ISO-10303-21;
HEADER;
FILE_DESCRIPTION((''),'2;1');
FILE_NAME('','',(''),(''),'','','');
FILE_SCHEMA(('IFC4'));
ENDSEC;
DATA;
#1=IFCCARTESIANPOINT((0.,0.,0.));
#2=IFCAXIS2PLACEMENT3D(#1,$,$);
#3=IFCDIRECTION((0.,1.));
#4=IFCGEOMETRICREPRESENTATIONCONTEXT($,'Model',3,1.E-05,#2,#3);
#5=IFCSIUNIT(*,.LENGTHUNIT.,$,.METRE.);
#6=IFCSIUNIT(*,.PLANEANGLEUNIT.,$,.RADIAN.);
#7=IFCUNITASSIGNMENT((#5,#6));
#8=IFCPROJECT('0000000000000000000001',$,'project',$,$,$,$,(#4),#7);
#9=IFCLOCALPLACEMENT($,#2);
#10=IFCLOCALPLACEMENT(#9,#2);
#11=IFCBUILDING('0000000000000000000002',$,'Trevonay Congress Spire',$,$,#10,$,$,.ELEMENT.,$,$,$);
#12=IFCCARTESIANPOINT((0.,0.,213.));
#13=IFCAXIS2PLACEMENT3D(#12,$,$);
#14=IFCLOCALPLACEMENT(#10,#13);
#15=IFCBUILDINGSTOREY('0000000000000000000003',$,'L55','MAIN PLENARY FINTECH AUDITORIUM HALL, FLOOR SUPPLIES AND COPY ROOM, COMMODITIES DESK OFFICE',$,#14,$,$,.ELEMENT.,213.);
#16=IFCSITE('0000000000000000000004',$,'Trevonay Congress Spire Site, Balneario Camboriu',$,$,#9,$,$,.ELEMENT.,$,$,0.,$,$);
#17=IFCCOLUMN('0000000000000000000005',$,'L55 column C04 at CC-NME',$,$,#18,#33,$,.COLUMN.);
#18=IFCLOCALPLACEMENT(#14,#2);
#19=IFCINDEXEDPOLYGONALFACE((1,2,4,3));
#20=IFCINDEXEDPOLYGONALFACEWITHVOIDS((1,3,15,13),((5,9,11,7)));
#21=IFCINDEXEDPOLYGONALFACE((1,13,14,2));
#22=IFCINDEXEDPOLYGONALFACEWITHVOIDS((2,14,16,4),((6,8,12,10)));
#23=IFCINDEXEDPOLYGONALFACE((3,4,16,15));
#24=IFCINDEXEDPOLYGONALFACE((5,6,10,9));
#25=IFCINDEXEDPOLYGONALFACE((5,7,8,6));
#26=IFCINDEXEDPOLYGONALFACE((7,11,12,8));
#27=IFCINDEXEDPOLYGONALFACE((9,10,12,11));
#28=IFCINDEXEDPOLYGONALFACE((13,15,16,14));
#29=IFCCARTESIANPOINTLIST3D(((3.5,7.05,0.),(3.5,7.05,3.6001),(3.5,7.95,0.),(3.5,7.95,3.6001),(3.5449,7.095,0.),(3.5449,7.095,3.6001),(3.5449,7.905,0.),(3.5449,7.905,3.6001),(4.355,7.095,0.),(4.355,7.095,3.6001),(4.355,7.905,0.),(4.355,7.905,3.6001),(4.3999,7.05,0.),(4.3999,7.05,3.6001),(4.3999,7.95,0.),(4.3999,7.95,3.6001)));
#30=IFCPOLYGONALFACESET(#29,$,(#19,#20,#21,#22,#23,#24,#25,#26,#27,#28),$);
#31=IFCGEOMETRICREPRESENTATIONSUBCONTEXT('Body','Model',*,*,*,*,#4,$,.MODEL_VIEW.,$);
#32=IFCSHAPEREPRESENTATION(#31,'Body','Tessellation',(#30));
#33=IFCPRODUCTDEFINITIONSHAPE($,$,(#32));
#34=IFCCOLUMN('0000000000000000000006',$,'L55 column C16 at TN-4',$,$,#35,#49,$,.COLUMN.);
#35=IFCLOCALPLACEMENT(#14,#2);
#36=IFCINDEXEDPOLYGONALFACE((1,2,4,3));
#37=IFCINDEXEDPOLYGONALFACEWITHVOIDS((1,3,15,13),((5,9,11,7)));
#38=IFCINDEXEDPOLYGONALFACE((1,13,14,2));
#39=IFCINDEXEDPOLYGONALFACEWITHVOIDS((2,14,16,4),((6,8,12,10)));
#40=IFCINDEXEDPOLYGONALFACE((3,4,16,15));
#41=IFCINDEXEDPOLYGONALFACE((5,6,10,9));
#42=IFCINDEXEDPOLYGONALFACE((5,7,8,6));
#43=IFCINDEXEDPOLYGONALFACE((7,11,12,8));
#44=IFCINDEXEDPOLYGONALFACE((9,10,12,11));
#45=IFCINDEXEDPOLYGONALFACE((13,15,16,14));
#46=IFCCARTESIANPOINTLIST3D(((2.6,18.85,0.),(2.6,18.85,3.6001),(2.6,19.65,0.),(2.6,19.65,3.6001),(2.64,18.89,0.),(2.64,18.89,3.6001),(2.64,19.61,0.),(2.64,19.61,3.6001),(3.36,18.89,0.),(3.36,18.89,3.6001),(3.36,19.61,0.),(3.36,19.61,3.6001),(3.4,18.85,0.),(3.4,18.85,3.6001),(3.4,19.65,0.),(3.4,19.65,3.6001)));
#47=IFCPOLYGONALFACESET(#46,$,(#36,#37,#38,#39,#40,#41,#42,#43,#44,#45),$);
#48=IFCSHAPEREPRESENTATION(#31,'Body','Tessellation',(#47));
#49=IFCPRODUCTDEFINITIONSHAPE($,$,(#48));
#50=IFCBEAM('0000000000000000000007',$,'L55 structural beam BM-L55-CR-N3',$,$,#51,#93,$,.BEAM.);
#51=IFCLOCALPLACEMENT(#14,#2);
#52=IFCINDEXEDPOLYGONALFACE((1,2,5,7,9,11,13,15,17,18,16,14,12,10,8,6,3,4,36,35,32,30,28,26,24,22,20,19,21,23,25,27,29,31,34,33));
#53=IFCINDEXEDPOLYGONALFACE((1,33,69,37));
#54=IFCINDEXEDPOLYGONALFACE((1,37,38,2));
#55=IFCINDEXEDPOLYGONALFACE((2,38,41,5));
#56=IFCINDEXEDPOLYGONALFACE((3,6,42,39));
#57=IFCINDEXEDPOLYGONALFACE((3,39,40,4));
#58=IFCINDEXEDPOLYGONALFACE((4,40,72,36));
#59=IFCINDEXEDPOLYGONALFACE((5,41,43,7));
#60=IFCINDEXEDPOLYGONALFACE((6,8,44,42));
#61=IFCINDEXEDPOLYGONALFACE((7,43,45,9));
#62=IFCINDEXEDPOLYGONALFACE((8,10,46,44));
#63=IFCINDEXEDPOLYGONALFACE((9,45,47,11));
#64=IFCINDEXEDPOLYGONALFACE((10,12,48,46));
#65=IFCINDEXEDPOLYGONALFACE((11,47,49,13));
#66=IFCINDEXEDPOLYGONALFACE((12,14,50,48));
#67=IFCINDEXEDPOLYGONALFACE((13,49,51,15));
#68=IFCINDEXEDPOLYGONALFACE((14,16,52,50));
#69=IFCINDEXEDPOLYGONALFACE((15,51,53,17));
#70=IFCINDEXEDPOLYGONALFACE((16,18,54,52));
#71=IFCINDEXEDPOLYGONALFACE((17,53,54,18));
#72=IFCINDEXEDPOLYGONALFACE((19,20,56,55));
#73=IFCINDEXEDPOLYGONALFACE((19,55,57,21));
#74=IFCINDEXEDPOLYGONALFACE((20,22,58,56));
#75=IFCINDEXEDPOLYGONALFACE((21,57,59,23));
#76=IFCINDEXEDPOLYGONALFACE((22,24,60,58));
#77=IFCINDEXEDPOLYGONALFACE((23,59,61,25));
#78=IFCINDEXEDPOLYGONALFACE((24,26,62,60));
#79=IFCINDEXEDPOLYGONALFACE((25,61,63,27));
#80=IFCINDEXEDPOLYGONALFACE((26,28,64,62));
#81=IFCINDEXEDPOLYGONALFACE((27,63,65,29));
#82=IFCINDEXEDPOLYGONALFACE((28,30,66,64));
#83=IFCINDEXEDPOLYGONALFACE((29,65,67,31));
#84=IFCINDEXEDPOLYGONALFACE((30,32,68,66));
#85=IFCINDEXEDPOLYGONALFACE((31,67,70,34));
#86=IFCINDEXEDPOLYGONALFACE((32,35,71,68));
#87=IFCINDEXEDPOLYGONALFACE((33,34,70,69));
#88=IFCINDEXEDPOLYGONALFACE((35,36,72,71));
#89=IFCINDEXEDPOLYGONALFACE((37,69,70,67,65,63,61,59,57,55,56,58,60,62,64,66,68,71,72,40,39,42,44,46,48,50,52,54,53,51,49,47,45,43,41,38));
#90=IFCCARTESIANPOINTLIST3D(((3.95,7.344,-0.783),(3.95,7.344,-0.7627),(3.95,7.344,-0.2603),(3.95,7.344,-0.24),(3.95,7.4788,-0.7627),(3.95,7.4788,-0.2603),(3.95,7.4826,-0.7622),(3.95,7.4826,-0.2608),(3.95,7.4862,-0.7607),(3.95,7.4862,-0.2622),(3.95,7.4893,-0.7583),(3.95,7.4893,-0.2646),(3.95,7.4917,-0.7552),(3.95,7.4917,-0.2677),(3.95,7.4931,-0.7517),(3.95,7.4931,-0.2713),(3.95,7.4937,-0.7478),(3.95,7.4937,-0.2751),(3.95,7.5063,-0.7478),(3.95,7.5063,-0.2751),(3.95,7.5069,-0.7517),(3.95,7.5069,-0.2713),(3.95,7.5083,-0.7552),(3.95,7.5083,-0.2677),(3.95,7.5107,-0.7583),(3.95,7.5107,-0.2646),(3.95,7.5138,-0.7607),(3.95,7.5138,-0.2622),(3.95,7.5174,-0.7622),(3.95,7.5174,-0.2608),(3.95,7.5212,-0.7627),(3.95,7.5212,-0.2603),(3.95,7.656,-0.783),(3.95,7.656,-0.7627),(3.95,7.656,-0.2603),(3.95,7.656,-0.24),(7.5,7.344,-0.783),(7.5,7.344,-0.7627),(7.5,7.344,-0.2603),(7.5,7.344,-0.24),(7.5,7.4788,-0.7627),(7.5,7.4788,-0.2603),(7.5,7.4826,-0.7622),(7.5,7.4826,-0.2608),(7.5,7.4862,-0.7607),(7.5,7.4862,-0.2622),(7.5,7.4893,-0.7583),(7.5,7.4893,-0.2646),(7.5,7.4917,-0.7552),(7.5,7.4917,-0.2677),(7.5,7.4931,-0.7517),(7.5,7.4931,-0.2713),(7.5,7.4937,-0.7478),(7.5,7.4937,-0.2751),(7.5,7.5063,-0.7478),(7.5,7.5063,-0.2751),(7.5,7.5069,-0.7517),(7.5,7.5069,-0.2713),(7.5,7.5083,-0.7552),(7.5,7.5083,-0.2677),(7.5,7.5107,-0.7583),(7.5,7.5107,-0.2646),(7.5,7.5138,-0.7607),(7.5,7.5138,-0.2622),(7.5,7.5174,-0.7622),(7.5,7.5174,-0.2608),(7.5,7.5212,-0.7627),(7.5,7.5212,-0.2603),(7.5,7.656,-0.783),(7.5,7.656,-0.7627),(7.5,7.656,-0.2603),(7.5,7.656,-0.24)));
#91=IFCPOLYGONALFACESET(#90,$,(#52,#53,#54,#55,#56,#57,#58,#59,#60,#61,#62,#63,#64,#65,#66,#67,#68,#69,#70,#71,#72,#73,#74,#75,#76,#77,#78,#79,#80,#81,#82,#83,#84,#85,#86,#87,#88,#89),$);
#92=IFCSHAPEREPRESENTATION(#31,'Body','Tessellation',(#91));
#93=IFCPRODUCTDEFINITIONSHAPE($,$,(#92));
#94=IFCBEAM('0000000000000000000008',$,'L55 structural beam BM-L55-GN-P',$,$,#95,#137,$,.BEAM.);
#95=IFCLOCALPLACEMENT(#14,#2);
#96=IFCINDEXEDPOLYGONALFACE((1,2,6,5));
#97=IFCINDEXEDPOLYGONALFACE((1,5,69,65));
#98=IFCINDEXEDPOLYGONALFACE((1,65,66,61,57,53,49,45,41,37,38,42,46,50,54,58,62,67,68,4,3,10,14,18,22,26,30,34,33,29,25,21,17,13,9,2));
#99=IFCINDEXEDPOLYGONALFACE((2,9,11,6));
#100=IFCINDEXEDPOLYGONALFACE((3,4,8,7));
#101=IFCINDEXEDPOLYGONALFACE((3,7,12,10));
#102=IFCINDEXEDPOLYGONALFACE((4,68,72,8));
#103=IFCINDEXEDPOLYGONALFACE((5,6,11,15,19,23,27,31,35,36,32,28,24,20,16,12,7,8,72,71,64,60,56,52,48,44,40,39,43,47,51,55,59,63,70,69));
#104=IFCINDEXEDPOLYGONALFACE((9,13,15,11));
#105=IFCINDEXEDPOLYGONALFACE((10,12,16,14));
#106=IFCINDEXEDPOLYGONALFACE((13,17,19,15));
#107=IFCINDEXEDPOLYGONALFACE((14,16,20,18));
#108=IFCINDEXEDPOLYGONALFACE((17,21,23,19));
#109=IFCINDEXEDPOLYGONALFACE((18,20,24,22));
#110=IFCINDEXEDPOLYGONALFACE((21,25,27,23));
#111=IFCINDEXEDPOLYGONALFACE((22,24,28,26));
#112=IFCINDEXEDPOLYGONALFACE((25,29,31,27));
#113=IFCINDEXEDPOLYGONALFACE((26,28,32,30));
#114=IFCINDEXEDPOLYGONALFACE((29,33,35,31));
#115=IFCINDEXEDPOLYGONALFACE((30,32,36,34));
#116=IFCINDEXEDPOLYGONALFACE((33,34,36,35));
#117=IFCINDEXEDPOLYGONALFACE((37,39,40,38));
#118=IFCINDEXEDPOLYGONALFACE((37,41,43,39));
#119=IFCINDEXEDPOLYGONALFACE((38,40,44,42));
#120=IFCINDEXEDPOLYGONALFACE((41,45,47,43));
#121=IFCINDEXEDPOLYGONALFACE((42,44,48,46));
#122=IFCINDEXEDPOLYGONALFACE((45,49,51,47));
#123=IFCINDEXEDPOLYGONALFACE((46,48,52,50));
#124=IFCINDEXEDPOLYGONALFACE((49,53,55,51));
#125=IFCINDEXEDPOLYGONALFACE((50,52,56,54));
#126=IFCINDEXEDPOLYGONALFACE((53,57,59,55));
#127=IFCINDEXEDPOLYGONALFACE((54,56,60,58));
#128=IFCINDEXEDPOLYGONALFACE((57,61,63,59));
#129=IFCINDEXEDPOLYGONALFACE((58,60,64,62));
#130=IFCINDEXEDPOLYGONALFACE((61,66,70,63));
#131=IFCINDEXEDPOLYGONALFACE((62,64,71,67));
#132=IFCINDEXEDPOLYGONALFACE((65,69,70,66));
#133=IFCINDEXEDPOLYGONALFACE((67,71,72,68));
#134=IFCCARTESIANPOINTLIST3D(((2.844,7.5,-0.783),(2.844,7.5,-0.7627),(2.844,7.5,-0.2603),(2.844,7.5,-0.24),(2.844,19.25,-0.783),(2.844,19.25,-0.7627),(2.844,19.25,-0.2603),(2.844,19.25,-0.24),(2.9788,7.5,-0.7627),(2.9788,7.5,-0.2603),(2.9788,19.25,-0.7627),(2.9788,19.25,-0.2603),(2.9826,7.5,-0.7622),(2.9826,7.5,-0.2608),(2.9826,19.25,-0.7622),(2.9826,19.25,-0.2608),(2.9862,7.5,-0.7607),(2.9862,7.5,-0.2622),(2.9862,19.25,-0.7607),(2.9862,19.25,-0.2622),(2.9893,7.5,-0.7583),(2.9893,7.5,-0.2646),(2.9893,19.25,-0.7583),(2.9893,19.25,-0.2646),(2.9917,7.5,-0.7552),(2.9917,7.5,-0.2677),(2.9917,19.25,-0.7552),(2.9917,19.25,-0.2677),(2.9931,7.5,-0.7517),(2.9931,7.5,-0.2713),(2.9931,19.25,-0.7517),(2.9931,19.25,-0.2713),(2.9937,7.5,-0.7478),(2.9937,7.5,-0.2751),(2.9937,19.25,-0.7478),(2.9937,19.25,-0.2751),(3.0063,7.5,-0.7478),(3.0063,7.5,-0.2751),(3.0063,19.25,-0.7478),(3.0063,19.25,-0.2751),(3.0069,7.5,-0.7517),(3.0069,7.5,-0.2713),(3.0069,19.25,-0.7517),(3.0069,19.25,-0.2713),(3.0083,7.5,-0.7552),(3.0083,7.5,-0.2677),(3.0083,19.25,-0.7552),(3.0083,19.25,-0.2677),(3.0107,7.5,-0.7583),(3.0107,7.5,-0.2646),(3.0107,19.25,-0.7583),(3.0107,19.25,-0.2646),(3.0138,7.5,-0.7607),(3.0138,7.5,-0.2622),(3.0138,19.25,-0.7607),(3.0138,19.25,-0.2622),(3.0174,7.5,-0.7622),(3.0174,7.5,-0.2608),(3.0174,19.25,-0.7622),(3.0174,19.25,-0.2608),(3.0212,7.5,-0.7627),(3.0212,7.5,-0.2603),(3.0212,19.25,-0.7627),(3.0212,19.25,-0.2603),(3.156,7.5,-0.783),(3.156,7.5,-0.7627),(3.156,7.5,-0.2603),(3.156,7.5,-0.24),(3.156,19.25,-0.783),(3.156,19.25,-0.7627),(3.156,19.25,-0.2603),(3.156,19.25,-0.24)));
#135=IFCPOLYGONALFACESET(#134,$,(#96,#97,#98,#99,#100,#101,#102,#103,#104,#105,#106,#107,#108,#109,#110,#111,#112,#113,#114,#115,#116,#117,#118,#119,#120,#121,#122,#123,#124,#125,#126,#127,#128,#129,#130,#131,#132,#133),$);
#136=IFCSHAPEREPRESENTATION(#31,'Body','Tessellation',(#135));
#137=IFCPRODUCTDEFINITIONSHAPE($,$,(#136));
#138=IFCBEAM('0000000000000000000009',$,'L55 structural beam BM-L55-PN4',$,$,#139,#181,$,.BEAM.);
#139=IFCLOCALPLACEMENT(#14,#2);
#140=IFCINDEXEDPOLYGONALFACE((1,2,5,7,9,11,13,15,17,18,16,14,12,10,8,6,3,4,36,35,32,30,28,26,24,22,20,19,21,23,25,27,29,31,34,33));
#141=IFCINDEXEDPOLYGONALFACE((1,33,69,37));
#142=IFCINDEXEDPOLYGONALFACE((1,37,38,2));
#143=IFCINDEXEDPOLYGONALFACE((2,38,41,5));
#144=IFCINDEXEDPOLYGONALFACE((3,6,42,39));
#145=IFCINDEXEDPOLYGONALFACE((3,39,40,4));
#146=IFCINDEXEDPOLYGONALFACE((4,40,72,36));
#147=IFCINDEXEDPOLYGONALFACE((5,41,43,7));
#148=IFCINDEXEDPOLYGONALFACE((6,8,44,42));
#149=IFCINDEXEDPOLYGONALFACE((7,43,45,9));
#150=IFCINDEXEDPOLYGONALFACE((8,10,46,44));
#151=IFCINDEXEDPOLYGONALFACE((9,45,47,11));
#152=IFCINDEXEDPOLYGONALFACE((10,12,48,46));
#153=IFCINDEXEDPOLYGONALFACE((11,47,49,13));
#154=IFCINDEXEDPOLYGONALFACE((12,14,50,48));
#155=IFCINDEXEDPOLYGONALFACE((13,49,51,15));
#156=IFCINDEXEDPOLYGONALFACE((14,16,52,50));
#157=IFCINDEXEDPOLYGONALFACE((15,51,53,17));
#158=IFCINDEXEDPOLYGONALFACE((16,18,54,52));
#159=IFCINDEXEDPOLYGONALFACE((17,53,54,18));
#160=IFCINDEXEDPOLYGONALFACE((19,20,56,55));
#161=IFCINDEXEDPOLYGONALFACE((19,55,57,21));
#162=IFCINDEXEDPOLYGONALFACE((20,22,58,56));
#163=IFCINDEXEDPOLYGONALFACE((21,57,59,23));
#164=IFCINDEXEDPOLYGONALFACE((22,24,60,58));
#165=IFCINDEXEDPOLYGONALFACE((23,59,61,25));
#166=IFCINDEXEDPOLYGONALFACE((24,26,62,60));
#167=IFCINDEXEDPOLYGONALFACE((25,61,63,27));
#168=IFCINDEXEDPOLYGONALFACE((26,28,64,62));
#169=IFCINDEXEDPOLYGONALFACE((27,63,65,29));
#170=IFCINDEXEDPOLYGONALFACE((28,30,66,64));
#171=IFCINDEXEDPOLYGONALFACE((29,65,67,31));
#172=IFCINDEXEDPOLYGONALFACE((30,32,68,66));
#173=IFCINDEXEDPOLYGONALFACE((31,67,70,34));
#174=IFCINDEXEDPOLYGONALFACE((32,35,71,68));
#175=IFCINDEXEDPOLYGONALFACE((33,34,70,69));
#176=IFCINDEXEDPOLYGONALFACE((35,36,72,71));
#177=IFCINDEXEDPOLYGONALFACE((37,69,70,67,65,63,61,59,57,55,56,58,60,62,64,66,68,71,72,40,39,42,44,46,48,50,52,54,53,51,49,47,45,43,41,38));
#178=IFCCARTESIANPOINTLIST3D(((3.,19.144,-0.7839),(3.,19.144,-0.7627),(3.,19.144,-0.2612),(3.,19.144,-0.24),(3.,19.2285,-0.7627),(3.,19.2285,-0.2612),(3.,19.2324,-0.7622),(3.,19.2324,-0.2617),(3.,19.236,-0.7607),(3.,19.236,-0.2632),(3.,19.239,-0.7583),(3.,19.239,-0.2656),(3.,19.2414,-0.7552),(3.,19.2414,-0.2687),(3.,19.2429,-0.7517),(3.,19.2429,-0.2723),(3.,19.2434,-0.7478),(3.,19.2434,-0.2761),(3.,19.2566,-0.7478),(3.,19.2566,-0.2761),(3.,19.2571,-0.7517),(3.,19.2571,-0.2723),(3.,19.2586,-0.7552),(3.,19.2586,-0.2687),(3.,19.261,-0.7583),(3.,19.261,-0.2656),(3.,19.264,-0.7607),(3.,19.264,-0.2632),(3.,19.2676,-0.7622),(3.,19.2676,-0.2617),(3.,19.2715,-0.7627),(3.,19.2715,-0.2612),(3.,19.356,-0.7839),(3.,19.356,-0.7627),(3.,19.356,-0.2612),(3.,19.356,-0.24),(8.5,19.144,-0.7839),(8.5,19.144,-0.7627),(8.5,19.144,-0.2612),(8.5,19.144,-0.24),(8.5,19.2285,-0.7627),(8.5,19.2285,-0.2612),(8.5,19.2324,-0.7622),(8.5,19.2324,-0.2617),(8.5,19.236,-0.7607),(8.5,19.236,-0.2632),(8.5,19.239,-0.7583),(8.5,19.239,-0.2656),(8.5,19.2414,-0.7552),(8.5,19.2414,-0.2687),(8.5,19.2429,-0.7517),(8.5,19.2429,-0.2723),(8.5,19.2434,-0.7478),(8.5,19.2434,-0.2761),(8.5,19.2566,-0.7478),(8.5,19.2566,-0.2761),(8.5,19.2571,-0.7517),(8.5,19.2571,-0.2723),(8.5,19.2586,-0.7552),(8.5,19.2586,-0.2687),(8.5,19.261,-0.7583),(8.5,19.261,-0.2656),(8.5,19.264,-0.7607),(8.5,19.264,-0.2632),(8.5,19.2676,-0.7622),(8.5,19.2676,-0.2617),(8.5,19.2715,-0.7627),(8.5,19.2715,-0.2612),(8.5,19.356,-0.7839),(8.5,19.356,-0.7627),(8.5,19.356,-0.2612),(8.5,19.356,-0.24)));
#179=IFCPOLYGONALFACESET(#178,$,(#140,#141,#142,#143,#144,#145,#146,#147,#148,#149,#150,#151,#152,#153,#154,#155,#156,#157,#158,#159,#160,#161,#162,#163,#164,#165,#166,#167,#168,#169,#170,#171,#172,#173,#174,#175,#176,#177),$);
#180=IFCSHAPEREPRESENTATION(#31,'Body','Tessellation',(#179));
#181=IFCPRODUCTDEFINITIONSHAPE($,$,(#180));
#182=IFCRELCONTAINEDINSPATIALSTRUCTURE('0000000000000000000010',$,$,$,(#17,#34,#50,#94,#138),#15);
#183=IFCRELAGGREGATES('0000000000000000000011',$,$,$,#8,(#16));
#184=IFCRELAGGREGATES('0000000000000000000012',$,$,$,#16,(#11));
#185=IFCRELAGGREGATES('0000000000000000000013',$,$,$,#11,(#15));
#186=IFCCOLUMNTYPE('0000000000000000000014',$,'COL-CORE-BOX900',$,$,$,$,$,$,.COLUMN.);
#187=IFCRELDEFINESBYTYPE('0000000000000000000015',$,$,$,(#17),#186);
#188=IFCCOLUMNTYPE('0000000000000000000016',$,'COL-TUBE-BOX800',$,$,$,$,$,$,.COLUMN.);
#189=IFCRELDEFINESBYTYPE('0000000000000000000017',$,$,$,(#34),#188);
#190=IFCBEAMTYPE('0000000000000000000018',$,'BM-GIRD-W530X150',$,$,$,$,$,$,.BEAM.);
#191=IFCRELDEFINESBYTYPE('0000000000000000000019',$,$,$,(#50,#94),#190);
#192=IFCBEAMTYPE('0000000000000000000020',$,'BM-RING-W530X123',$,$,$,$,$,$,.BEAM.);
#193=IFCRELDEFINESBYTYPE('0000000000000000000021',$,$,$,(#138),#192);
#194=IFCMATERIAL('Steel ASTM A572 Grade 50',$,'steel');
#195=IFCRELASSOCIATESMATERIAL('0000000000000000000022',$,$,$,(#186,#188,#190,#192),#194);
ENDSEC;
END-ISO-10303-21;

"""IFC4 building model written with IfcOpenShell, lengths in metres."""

from ifc_helpers import new_model, si_unit, direction, frame, origin, origin_2d, place, context, subcontext, project, spatial, hollow_rectangle, i_section, extrude, material, material_profile, profile_set, type_object, element, save


model = new_model("IFC4")

# Units and contexts
model_context = context("Model", 3, precision=1e-05, world=origin(), true_north=direction((0.0, 1.0)))
body_context = subcontext(model_context, "Body", "Model", "MODEL_VIEW")
ifc_project = project(units=[si_unit("LENGTHUNIT", "METRE"), si_unit("PLANEANGLEUNIT", "RADIAN")], contexts=[model_context])

# Site, building, storey
site_placement = place(None, origin())
site = spatial("IfcSite", under=ifc_project, at=site_placement, Name="Trevonay Congress Spire Site, Balneario Camboriu", CompositionType="ELEMENT", RefElevation=0.0)
building_placement = place(site_placement, origin())
building = spatial("IfcBuilding", under=site, at=building_placement, Name="Trevonay Congress Spire", CompositionType="ELEMENT")
storey_placement = place(building_placement, frame((0.0, 0.0, 213.0)))
storey = spatial("IfcBuildingStorey", under=building, at=storey_placement, Name="L55", Description="MAIN PLENARY FINTECH AUDITORIUM HALL, FLOOR SUPPLIES AND COPY ROOM, COMMODITIES DESK OFFICE", CompositionType="ELEMENT", Elevation=213.0)

# Columns
ifc_material_1 = material(Name="Steel ASTM A572 Grade 50", Category="steel")
ifc_material_profile_1 = material_profile(ifc_material_1, hollow_rectangle(XDim=0.8999, YDim=0.8999, WallThickness=0.0449, at=origin_2d()), Name="BOX 900x900x45")
ifc_profile_set_1 = profile_set([ifc_material_profile_1], Name="Steel ASTM A572 Grade 50")
column_type_1 = type_object("IfcColumnType", Name="COL-CORE-BOX900", PredefinedType="COLUMN", material=ifc_profile_set_1)
column_1_placement = place(storey_placement, frame((3.95, 7.5, 0.0), z_axis=(0.0, 0.0, 1.0), x_axis=(1.0, 0.0, 0.0)))
element("IfcColumn", 1, at=column_1_placement, inside=storey, type_object=column_type_1, Name="L55 column C04 at CC-NME", PredefinedType="COLUMN", context=body_context, shape_type="SweptSolid", body=[
    extrude(hollow_rectangle(XDim=0.8999, YDim=0.8999, WallThickness=0.0449, at=origin_2d()), origin(), (0.0, 0.0, 1.0), 3.6001),
])
ifc_material_profile_2 = material_profile(ifc_material_1, hollow_rectangle(XDim=0.8, YDim=0.8, WallThickness=0.04, at=origin_2d()), Name="BOX 800x800x40")
ifc_profile_set_2 = profile_set([ifc_material_profile_2], Name="Steel ASTM A572 Grade 50")
column_type_2 = type_object("IfcColumnType", Name="COL-TUBE-BOX800", PredefinedType="COLUMN", material=ifc_profile_set_2)
column_2_placement = place(storey_placement, frame((3.0, 19.25, 0.0), z_axis=(0.0, 0.0, 1.0), x_axis=(1.0, 0.0, 0.0)))
element("IfcColumn", 2, at=column_2_placement, inside=storey, type_object=column_type_2, Name="L55 column C16 at TN-4", PredefinedType="COLUMN", context=body_context, shape_type="SweptSolid", body=[
    extrude(hollow_rectangle(XDim=0.8, YDim=0.8, WallThickness=0.04, at=origin_2d()), origin(), (0.0, 0.0, 1.0), 3.6001),
])

# Beams
ifc_material_profile_3 = material_profile(ifc_material_1, i_section(OverallWidth=0.312, OverallDepth=0.543, WebThickness=0.0127, FlangeThickness=0.0203, FilletRadius=0.0149, at=origin_2d()), Name="W530x150")
ifc_profile_set_3 = profile_set([ifc_material_profile_3], Name="Steel ASTM A572 Grade 50")
beam_type_1 = type_object("IfcBeamType", Name="BM-GIRD-W530X150", PredefinedType="BEAM", material=ifc_profile_set_3)
beam_1_placement = place(storey_placement, frame((3.95, 7.5, -0.5115), z_axis=(1.0, 0.0, 0.0), x_axis=(0.0, 1.0, 0.0)))
element("IfcBeam", 3, at=beam_1_placement, inside=storey, type_object=beam_type_1, Name="L55 structural beam BM-L55-CR-N3", PredefinedType="BEAM", context=body_context, shape_type="SweptSolid", body=[
    extrude(i_section(OverallWidth=0.312, OverallDepth=0.543, WebThickness=0.0127, FlangeThickness=0.0203, FilletRadius=0.0149, at=origin_2d()), origin(), (0.0, 0.0, 1.0), 3.55),
])
beam_2_placement = place(storey_placement, frame((3.0, 7.5, -0.5115), z_axis=(0.0, 1.0, 0.0), x_axis=(-1.0, 0.0, 0.0)))
element("IfcBeam", 4, at=beam_2_placement, inside=storey, type_object=beam_type_1, Name="L55 structural beam BM-L55-GN-P", PredefinedType="BEAM", context=body_context, shape_type="SweptSolid", body=[
    extrude(i_section(OverallWidth=0.312, OverallDepth=0.543, WebThickness=0.0127, FlangeThickness=0.0203, FilletRadius=0.0149, at=origin_2d()), origin(), (0.0, 0.0, 1.0), 11.75),
])
ifc_material_profile_4 = material_profile(ifc_material_1, i_section(OverallWidth=0.2119, OverallDepth=0.5439, WebThickness=0.0132, FlangeThickness=0.0212, FilletRadius=0.0149, at=origin_2d()), Name="W530x123")
ifc_profile_set_4 = profile_set([ifc_material_profile_4], Name="Steel ASTM A572 Grade 50")
beam_type_2 = type_object("IfcBeamType", Name="BM-RING-W530X123", PredefinedType="BEAM", material=ifc_profile_set_4)
beam_3_placement = place(storey_placement, frame((3.0, 19.25, -0.512), z_axis=(1.0, 0.0, 0.0), x_axis=(0.0, 1.0, 0.0)))
element("IfcBeam", 5, at=beam_3_placement, inside=storey, type_object=beam_type_2, Name="L55 structural beam BM-L55-PN4", PredefinedType="BEAM", context=body_context, shape_type="SweptSolid", body=[
    extrude(i_section(OverallWidth=0.2119, OverallDepth=0.5439, WebThickness=0.0132, FlangeThickness=0.0212, FilletRadius=0.0149, at=origin_2d()), origin(), (0.0, 0.0, 1.0), 5.5),
])

save(model, "model.ifc")
